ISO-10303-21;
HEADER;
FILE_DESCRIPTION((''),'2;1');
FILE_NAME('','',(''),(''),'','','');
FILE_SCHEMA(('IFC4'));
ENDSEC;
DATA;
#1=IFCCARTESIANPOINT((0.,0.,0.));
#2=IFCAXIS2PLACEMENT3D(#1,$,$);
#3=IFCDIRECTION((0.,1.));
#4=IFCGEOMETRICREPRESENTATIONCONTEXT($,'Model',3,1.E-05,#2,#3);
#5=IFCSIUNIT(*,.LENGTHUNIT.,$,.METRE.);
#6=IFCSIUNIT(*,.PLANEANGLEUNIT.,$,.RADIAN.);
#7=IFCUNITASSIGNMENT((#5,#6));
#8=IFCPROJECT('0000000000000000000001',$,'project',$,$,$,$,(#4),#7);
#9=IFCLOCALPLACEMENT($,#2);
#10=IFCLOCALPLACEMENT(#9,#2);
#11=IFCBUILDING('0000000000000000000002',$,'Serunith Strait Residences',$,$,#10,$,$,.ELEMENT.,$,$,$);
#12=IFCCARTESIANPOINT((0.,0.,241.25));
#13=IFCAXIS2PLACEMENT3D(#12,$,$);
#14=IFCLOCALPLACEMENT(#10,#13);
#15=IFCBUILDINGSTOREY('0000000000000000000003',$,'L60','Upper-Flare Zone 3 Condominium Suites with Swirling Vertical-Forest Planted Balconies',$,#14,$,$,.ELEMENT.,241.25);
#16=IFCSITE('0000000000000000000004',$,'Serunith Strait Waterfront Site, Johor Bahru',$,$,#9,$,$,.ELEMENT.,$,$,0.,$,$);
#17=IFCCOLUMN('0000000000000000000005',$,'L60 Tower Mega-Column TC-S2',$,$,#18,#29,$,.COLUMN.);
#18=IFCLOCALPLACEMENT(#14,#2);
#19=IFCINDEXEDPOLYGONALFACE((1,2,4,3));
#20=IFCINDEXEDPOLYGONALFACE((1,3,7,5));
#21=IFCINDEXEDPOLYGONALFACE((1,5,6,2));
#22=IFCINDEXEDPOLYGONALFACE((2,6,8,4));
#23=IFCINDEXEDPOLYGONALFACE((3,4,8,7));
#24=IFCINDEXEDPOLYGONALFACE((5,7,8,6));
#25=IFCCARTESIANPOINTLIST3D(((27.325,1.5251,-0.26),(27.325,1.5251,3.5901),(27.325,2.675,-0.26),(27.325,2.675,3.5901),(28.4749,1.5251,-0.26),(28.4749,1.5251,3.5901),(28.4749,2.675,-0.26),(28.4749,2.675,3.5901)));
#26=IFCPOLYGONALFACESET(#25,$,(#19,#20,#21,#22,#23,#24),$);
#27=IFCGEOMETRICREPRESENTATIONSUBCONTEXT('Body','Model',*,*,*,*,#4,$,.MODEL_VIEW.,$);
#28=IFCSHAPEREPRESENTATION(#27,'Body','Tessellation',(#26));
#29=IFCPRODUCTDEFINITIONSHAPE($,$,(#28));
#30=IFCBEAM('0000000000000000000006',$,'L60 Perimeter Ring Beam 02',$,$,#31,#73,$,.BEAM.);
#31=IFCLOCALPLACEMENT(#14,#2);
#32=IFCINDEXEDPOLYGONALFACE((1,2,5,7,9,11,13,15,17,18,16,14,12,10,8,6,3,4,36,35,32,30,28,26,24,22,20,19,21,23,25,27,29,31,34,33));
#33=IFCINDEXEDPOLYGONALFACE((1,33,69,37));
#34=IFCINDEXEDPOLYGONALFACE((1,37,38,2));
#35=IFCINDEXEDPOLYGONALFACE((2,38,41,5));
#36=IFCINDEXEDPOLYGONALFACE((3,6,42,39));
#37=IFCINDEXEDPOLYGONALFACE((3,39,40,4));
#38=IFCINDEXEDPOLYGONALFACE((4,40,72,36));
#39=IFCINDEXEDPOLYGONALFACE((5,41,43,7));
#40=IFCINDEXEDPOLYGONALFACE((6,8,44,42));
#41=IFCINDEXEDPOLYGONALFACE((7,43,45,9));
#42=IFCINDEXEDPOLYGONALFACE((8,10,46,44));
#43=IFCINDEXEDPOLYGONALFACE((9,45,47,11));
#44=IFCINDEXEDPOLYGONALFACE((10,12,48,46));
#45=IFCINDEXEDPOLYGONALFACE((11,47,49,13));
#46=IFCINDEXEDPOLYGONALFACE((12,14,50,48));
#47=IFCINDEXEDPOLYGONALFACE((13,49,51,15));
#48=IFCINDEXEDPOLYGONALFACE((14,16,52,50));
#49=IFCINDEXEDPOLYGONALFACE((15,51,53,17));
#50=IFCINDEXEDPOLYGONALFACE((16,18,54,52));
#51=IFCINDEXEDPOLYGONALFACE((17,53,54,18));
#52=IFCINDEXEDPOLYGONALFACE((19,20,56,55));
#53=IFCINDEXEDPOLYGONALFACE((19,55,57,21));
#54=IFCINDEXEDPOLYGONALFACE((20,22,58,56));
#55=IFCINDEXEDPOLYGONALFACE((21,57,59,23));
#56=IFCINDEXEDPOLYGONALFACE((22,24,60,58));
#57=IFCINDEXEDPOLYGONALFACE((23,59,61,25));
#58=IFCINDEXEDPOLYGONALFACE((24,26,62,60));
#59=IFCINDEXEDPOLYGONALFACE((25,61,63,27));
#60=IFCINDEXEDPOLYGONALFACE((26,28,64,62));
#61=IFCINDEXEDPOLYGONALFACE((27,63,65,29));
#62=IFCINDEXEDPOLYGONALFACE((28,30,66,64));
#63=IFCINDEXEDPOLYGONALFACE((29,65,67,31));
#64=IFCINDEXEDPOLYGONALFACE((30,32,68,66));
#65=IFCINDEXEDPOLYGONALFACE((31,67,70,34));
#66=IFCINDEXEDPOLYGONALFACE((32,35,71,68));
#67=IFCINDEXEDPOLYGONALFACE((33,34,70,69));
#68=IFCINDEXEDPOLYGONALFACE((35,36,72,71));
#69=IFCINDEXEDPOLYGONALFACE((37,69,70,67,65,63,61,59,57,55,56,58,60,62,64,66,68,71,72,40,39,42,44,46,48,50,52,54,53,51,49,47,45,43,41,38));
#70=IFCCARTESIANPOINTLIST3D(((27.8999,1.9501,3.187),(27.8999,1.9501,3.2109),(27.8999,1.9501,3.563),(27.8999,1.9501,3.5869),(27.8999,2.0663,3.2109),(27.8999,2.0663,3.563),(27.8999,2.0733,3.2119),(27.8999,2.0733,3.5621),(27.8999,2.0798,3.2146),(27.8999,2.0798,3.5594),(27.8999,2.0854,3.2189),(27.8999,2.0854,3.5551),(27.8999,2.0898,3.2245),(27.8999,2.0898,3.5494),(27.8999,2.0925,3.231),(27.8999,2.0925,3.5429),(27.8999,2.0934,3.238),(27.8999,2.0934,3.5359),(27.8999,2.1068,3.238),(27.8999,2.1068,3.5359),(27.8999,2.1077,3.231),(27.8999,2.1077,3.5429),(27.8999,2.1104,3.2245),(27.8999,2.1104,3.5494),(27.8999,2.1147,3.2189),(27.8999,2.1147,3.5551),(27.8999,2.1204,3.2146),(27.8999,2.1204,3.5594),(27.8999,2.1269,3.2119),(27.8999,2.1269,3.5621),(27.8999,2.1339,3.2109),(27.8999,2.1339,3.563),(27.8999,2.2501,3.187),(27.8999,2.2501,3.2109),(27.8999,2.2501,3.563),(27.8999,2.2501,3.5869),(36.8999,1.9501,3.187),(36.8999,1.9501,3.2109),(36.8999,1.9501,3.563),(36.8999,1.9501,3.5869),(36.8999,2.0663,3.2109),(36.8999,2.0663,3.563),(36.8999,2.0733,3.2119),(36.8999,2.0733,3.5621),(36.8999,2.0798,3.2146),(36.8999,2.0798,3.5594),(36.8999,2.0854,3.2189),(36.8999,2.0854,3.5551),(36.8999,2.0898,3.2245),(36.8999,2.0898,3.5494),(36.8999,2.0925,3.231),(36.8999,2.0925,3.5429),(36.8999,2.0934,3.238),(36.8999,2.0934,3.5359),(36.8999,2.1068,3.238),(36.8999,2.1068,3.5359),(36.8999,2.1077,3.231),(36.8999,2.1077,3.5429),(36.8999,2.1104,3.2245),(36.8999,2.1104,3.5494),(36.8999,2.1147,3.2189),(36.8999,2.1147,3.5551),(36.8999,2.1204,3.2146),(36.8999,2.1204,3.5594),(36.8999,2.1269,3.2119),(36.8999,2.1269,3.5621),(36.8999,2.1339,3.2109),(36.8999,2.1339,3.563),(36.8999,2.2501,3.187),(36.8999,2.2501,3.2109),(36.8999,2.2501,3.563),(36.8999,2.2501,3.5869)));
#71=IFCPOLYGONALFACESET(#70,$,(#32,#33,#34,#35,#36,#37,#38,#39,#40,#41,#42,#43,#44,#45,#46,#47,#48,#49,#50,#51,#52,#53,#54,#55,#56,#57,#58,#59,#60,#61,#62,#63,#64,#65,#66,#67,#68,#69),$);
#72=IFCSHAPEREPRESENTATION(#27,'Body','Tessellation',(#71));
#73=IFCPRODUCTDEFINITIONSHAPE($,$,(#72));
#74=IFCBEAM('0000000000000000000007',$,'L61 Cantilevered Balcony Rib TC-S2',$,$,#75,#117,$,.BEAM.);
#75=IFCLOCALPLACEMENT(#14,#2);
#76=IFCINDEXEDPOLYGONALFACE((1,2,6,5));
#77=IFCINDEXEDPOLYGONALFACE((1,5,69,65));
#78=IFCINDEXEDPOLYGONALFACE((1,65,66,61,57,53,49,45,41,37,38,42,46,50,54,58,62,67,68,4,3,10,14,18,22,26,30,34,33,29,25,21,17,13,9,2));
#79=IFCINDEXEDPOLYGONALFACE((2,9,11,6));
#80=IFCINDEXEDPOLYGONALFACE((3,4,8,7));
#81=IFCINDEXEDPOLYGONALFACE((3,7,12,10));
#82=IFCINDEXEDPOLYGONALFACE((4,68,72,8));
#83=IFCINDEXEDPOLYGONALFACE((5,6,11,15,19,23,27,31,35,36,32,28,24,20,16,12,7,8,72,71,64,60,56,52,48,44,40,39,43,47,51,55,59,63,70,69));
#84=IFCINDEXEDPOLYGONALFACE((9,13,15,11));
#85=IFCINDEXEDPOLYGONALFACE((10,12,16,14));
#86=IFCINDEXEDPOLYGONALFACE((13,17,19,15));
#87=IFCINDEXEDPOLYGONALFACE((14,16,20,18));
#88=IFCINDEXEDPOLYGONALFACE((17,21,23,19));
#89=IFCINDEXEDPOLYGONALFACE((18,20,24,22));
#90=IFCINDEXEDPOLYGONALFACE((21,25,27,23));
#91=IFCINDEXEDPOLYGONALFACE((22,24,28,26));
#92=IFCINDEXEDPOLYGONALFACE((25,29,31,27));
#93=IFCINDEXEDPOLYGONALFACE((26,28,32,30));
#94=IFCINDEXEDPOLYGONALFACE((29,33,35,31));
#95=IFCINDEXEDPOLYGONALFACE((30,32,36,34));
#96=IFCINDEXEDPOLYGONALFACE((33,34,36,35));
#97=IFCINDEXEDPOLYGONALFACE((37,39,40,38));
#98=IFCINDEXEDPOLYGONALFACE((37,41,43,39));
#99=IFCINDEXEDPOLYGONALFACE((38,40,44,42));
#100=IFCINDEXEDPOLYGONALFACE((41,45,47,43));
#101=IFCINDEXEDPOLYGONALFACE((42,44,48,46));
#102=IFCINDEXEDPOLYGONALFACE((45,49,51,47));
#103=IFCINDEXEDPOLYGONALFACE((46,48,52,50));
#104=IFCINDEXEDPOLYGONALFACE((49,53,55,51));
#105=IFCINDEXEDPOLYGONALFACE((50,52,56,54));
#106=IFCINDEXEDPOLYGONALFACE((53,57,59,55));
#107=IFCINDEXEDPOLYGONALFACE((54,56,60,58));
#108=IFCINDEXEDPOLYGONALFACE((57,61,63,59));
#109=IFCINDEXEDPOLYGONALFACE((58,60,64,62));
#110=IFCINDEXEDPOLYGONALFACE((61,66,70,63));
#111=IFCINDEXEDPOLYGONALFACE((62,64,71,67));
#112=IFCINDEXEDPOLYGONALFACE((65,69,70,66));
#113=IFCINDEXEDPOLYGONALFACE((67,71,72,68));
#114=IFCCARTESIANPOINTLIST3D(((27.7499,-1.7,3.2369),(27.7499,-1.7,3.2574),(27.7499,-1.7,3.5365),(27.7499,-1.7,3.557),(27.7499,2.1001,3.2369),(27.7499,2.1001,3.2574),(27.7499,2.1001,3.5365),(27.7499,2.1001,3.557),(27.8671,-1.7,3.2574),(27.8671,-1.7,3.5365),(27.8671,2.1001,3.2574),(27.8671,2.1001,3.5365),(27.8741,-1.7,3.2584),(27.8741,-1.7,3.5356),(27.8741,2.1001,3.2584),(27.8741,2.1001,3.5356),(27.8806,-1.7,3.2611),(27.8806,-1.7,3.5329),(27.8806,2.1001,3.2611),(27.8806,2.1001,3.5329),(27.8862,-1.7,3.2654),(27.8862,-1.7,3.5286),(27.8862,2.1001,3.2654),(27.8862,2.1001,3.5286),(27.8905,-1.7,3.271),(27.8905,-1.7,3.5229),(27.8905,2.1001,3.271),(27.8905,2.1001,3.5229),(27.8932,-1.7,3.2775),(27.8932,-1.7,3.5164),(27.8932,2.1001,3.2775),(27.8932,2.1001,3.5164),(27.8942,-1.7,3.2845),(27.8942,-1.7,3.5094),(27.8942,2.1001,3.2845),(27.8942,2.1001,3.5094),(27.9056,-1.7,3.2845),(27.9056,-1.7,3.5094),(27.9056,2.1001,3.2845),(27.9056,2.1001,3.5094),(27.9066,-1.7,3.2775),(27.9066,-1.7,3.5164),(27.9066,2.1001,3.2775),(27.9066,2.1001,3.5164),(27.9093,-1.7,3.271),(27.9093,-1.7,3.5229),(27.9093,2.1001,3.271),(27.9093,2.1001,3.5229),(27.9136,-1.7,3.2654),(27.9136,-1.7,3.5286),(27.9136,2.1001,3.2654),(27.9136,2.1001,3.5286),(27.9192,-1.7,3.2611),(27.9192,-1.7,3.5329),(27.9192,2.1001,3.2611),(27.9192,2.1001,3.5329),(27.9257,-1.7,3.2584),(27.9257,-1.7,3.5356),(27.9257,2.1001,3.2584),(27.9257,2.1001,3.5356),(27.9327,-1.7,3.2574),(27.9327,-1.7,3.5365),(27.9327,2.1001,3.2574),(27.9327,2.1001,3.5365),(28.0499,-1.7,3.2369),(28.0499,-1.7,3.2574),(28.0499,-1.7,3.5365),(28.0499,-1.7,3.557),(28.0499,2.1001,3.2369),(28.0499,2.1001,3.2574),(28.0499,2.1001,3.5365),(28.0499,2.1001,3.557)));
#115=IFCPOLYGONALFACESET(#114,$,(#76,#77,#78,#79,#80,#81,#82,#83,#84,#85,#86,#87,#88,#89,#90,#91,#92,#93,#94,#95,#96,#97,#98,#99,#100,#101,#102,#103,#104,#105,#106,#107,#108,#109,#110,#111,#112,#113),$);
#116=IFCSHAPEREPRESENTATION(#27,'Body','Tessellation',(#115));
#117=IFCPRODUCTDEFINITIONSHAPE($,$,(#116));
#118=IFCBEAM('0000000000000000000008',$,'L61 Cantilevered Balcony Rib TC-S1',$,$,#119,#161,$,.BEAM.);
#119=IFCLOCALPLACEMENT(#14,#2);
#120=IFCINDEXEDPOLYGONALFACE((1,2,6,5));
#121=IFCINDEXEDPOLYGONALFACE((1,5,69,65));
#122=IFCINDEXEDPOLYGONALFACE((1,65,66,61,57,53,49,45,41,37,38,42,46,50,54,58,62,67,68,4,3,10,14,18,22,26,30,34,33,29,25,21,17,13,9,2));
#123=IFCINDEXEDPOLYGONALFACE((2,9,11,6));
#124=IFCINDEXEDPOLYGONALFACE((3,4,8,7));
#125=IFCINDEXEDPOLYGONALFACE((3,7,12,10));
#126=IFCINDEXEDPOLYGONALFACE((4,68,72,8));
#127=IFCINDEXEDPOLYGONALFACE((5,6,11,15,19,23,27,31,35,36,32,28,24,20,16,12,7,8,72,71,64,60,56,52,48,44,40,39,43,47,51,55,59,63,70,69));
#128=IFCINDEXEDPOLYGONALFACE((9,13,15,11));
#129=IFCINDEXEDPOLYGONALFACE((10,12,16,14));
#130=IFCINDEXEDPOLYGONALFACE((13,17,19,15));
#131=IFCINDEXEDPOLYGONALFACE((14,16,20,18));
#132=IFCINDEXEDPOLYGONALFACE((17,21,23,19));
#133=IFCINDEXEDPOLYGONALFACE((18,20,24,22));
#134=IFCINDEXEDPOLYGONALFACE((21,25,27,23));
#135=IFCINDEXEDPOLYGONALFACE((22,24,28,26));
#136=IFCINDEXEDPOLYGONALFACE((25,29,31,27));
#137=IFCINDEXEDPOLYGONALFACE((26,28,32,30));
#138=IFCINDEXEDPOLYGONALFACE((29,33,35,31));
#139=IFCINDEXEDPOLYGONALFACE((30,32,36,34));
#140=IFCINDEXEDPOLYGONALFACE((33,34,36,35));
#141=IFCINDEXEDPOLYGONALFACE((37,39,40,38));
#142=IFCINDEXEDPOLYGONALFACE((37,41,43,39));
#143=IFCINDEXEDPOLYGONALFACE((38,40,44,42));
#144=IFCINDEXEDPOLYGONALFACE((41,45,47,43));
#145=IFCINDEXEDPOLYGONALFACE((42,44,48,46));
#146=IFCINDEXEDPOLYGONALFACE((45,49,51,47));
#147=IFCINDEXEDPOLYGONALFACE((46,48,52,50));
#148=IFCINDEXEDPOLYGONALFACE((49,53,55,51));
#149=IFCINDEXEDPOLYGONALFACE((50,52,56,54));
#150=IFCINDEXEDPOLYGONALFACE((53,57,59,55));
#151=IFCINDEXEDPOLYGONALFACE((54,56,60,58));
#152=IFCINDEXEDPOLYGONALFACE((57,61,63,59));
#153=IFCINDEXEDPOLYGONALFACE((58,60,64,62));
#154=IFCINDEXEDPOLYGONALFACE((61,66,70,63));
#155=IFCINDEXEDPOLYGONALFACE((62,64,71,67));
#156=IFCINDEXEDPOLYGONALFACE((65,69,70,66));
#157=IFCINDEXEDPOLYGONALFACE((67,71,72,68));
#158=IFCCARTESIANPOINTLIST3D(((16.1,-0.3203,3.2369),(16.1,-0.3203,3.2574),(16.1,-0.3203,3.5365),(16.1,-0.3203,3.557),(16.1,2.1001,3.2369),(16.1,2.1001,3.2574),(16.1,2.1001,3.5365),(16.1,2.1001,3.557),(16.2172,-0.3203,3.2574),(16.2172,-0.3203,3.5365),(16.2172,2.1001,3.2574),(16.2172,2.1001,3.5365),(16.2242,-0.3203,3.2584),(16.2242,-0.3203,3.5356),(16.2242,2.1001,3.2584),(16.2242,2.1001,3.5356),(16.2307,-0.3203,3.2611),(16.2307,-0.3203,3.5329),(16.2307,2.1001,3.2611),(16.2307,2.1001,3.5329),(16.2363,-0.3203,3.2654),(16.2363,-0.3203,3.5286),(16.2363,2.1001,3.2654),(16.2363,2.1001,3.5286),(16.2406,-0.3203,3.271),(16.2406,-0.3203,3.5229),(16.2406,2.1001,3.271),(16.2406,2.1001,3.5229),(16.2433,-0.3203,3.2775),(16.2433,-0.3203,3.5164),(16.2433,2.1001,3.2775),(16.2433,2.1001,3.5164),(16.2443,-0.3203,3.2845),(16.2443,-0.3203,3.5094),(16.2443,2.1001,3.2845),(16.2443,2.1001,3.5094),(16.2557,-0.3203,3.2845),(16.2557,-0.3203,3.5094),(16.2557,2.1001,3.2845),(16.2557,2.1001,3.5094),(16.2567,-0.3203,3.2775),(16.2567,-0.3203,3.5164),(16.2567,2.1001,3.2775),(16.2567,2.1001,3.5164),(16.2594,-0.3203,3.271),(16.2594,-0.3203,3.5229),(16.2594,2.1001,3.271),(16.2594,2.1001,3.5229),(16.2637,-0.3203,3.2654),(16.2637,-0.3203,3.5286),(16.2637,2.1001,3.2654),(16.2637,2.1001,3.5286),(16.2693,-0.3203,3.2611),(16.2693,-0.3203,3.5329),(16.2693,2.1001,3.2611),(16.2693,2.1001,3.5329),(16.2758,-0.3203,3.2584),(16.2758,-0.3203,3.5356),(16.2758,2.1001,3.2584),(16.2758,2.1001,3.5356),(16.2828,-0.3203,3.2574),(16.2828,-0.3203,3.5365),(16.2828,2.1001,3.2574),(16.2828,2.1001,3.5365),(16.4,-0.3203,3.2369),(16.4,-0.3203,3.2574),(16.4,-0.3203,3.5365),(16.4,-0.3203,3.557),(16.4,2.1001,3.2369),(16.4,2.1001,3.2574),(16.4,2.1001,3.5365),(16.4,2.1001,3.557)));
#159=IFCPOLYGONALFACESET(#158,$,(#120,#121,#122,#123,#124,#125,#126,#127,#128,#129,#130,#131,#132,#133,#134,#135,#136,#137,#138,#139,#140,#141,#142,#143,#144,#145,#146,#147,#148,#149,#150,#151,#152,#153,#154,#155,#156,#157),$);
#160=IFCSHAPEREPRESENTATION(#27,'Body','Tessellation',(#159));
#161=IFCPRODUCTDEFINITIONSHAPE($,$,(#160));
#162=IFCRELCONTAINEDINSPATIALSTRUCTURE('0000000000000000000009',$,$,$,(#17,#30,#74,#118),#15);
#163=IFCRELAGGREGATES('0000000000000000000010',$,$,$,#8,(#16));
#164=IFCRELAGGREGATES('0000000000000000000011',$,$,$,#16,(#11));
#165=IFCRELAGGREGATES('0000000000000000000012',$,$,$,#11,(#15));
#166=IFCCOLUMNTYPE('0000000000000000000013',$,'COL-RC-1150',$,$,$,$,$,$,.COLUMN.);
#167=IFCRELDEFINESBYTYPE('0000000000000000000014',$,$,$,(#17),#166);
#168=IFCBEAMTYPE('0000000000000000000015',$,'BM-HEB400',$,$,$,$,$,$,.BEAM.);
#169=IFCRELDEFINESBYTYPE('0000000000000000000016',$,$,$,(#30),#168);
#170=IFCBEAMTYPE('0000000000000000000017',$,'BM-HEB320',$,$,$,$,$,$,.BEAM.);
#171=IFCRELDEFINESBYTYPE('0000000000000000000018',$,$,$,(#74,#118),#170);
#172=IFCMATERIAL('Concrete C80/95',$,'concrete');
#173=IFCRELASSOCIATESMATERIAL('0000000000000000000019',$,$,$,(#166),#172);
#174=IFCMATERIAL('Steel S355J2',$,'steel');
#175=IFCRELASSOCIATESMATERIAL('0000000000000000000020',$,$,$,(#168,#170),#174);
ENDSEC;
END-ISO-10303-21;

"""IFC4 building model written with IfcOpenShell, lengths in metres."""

from ifc_helpers import new_model, si_unit, direction, frame, origin, origin_2d, place, context, subcontext, project, spatial, rectangle, i_section, extrude, source, transform, mapped, material, material_profile, profile_set, type_object, element, save


model = new_model("IFC4")

# Units and contexts
model_context = context("Model", 3, precision=1e-05, world=origin(), true_north=direction((0.0, 1.0)))
body_context = subcontext(model_context, "Body", "Model", "MODEL_VIEW")
ifc_project = project(units=[si_unit("LENGTHUNIT", "METRE"), si_unit("PLANEANGLEUNIT", "RADIAN")], contexts=[model_context])

# Site, building, storey
site_placement = place(None, origin())
site = spatial("IfcSite", under=ifc_project, at=site_placement, Name="Serunith Strait Waterfront Site, Johor Bahru", CompositionType="ELEMENT", RefElevation=0.0)
building_placement = place(site_placement, origin())
building = spatial("IfcBuilding", under=site, at=building_placement, Name="Serunith Strait Residences", CompositionType="ELEMENT")
storey_placement = place(building_placement, frame((0.0, 0.0, 241.25)))
storey = spatial("IfcBuildingStorey", under=building, at=storey_placement, Name="L60", Description="Upper-Flare Zone 3 Condominium Suites with Swirling Vertical-Forest Planted Balconies", CompositionType="ELEMENT", Elevation=241.25)

# Column
ifc_material_1 = material(Name="Concrete C80/95", Category="concrete")
ifc_material_profile_1 = material_profile(ifc_material_1, rectangle(XDim=1.1499, YDim=1.1499, at=origin_2d()), Name="RC 1150x1150")
ifc_profile_set_1 = profile_set([ifc_material_profile_1], Name="Concrete C80/95")
column_type = type_object("IfcColumnType", Name="COL-RC-1150", PredefinedType="COLUMN", material=ifc_profile_set_1)
shared_shape_1 = source(origin(), body_context, "Body", "SweptSolid", [
    extrude(rectangle(XDim=1.1499, YDim=1.1499, at=origin_2d()), origin(), (0.0, 0.0, 1.0), 3.8501),
])
column_placement = place(storey_placement, frame((27.8999, 2.1001, -0.26), z_axis=(0.0, 0.0, 1.0), x_axis=(1.0, 0.0, 0.0)))
element("IfcColumn", 1, at=column_placement, inside=storey, type_object=column_type, Name="L60 Tower Mega-Column TC-S2", PredefinedType="COLUMN", context=body_context, shape_type="MappedRepresentation", body=[
    mapped(shared_shape_1, transform((0.0, 0.0, 0.0), scale=1.0)),
])

# Beams
ifc_material_2 = material(Name="Steel S355J2", Category="steel")
ifc_material_profile_2 = material_profile(ifc_material_2, i_section(OverallWidth=0.3, OverallDepth=0.3999, WebThickness=0.0134, FlangeThickness=0.0239, FilletRadius=0.0271, at=origin_2d()), Name="HEB 400")
ifc_profile_set_2 = profile_set([ifc_material_profile_2], Name="Steel S355J2")
beam_type_1 = type_object("IfcBeamType", Name="BM-HEB400", PredefinedType="BEAM", material=ifc_profile_set_2)
shared_shape_2 = source(origin(), body_context, "Body", "SweptSolid", [
    extrude(i_section(OverallWidth=0.3, OverallDepth=0.3999, WebThickness=0.0134, FlangeThickness=0.0239, FilletRadius=0.0271, at=origin_2d()), origin(), (0.0, 0.0, 1.0), 9.0),
])
beam_1_placement = place(storey_placement, frame((27.8999, 2.1001, 3.387), z_axis=(1.0, 0.0, 0.0), x_axis=(0.0, 1.0, 0.0)))
element("IfcBeam", 2, at=beam_1_placement, inside=storey, type_object=beam_type_1, Name="L60 Perimeter Ring Beam 02", PredefinedType="BEAM", context=body_context, shape_type="MappedRepresentation", body=[
    mapped(shared_shape_2, transform((0.0, 0.0, 0.0), scale=1.0)),
])
ifc_material_profile_3 = material_profile(ifc_material_2, i_section(OverallWidth=0.3, OverallDepth=0.3201, WebThickness=0.0115, FlangeThickness=0.0205, FilletRadius=0.0271, at=origin_2d()), Name="HEB 320")
ifc_profile_set_3 = profile_set([ifc_material_profile_3], Name="Steel S355J2")
beam_type_2 = type_object("IfcBeamType", Name="BM-HEB320", PredefinedType="BEAM", material=ifc_profile_set_3)
shared_shape_3 = source(origin(), body_context, "Body", "SweptSolid", [
    extrude(i_section(OverallWidth=0.3, OverallDepth=0.3201, WebThickness=0.0115, FlangeThickness=0.0205, FilletRadius=0.0271, at=origin_2d()), origin(), (0.0, 0.0, 1.0), 3.8),
])
beam_2_placement = place(storey_placement, frame((27.8999, 2.1001, 3.397), z_axis=(0.0, -1.0, 0.0), x_axis=(1.0, 0.0, 0.0)))
element("IfcBeam", 3, at=beam_2_placement, inside=storey, type_object=beam_type_2, Name="L61 Cantilevered Balcony Rib TC-S2", PredefinedType="BEAM", context=body_context, shape_type="MappedRepresentation", body=[
    mapped(shared_shape_3, transform((0.0, 0.0, 0.0), scale=1.0)),
])
shared_shape_4 = source(origin(), body_context, "Body", "SweptSolid", [
    extrude(i_section(OverallWidth=0.3, OverallDepth=0.3201, WebThickness=0.0115, FlangeThickness=0.0205, FilletRadius=0.0271, at=origin_2d()), origin(), (0.0, 0.0, 1.0), 2.4204),
])
beam_3_placement = place(storey_placement, frame((16.25, 2.1001, 3.397), z_axis=(0.0, -1.0, 0.0), x_axis=(1.0, 0.0, 0.0)))
element("IfcBeam", 4, at=beam_3_placement, inside=storey, type_object=beam_type_2, Name="L61 Cantilevered Balcony Rib TC-S1", PredefinedType="BEAM", context=body_context, shape_type="MappedRepresentation", body=[
    mapped(shared_shape_4, transform((0.0, 0.0, 0.0), scale=1.0)),
])

save(model, "model.ifc")
